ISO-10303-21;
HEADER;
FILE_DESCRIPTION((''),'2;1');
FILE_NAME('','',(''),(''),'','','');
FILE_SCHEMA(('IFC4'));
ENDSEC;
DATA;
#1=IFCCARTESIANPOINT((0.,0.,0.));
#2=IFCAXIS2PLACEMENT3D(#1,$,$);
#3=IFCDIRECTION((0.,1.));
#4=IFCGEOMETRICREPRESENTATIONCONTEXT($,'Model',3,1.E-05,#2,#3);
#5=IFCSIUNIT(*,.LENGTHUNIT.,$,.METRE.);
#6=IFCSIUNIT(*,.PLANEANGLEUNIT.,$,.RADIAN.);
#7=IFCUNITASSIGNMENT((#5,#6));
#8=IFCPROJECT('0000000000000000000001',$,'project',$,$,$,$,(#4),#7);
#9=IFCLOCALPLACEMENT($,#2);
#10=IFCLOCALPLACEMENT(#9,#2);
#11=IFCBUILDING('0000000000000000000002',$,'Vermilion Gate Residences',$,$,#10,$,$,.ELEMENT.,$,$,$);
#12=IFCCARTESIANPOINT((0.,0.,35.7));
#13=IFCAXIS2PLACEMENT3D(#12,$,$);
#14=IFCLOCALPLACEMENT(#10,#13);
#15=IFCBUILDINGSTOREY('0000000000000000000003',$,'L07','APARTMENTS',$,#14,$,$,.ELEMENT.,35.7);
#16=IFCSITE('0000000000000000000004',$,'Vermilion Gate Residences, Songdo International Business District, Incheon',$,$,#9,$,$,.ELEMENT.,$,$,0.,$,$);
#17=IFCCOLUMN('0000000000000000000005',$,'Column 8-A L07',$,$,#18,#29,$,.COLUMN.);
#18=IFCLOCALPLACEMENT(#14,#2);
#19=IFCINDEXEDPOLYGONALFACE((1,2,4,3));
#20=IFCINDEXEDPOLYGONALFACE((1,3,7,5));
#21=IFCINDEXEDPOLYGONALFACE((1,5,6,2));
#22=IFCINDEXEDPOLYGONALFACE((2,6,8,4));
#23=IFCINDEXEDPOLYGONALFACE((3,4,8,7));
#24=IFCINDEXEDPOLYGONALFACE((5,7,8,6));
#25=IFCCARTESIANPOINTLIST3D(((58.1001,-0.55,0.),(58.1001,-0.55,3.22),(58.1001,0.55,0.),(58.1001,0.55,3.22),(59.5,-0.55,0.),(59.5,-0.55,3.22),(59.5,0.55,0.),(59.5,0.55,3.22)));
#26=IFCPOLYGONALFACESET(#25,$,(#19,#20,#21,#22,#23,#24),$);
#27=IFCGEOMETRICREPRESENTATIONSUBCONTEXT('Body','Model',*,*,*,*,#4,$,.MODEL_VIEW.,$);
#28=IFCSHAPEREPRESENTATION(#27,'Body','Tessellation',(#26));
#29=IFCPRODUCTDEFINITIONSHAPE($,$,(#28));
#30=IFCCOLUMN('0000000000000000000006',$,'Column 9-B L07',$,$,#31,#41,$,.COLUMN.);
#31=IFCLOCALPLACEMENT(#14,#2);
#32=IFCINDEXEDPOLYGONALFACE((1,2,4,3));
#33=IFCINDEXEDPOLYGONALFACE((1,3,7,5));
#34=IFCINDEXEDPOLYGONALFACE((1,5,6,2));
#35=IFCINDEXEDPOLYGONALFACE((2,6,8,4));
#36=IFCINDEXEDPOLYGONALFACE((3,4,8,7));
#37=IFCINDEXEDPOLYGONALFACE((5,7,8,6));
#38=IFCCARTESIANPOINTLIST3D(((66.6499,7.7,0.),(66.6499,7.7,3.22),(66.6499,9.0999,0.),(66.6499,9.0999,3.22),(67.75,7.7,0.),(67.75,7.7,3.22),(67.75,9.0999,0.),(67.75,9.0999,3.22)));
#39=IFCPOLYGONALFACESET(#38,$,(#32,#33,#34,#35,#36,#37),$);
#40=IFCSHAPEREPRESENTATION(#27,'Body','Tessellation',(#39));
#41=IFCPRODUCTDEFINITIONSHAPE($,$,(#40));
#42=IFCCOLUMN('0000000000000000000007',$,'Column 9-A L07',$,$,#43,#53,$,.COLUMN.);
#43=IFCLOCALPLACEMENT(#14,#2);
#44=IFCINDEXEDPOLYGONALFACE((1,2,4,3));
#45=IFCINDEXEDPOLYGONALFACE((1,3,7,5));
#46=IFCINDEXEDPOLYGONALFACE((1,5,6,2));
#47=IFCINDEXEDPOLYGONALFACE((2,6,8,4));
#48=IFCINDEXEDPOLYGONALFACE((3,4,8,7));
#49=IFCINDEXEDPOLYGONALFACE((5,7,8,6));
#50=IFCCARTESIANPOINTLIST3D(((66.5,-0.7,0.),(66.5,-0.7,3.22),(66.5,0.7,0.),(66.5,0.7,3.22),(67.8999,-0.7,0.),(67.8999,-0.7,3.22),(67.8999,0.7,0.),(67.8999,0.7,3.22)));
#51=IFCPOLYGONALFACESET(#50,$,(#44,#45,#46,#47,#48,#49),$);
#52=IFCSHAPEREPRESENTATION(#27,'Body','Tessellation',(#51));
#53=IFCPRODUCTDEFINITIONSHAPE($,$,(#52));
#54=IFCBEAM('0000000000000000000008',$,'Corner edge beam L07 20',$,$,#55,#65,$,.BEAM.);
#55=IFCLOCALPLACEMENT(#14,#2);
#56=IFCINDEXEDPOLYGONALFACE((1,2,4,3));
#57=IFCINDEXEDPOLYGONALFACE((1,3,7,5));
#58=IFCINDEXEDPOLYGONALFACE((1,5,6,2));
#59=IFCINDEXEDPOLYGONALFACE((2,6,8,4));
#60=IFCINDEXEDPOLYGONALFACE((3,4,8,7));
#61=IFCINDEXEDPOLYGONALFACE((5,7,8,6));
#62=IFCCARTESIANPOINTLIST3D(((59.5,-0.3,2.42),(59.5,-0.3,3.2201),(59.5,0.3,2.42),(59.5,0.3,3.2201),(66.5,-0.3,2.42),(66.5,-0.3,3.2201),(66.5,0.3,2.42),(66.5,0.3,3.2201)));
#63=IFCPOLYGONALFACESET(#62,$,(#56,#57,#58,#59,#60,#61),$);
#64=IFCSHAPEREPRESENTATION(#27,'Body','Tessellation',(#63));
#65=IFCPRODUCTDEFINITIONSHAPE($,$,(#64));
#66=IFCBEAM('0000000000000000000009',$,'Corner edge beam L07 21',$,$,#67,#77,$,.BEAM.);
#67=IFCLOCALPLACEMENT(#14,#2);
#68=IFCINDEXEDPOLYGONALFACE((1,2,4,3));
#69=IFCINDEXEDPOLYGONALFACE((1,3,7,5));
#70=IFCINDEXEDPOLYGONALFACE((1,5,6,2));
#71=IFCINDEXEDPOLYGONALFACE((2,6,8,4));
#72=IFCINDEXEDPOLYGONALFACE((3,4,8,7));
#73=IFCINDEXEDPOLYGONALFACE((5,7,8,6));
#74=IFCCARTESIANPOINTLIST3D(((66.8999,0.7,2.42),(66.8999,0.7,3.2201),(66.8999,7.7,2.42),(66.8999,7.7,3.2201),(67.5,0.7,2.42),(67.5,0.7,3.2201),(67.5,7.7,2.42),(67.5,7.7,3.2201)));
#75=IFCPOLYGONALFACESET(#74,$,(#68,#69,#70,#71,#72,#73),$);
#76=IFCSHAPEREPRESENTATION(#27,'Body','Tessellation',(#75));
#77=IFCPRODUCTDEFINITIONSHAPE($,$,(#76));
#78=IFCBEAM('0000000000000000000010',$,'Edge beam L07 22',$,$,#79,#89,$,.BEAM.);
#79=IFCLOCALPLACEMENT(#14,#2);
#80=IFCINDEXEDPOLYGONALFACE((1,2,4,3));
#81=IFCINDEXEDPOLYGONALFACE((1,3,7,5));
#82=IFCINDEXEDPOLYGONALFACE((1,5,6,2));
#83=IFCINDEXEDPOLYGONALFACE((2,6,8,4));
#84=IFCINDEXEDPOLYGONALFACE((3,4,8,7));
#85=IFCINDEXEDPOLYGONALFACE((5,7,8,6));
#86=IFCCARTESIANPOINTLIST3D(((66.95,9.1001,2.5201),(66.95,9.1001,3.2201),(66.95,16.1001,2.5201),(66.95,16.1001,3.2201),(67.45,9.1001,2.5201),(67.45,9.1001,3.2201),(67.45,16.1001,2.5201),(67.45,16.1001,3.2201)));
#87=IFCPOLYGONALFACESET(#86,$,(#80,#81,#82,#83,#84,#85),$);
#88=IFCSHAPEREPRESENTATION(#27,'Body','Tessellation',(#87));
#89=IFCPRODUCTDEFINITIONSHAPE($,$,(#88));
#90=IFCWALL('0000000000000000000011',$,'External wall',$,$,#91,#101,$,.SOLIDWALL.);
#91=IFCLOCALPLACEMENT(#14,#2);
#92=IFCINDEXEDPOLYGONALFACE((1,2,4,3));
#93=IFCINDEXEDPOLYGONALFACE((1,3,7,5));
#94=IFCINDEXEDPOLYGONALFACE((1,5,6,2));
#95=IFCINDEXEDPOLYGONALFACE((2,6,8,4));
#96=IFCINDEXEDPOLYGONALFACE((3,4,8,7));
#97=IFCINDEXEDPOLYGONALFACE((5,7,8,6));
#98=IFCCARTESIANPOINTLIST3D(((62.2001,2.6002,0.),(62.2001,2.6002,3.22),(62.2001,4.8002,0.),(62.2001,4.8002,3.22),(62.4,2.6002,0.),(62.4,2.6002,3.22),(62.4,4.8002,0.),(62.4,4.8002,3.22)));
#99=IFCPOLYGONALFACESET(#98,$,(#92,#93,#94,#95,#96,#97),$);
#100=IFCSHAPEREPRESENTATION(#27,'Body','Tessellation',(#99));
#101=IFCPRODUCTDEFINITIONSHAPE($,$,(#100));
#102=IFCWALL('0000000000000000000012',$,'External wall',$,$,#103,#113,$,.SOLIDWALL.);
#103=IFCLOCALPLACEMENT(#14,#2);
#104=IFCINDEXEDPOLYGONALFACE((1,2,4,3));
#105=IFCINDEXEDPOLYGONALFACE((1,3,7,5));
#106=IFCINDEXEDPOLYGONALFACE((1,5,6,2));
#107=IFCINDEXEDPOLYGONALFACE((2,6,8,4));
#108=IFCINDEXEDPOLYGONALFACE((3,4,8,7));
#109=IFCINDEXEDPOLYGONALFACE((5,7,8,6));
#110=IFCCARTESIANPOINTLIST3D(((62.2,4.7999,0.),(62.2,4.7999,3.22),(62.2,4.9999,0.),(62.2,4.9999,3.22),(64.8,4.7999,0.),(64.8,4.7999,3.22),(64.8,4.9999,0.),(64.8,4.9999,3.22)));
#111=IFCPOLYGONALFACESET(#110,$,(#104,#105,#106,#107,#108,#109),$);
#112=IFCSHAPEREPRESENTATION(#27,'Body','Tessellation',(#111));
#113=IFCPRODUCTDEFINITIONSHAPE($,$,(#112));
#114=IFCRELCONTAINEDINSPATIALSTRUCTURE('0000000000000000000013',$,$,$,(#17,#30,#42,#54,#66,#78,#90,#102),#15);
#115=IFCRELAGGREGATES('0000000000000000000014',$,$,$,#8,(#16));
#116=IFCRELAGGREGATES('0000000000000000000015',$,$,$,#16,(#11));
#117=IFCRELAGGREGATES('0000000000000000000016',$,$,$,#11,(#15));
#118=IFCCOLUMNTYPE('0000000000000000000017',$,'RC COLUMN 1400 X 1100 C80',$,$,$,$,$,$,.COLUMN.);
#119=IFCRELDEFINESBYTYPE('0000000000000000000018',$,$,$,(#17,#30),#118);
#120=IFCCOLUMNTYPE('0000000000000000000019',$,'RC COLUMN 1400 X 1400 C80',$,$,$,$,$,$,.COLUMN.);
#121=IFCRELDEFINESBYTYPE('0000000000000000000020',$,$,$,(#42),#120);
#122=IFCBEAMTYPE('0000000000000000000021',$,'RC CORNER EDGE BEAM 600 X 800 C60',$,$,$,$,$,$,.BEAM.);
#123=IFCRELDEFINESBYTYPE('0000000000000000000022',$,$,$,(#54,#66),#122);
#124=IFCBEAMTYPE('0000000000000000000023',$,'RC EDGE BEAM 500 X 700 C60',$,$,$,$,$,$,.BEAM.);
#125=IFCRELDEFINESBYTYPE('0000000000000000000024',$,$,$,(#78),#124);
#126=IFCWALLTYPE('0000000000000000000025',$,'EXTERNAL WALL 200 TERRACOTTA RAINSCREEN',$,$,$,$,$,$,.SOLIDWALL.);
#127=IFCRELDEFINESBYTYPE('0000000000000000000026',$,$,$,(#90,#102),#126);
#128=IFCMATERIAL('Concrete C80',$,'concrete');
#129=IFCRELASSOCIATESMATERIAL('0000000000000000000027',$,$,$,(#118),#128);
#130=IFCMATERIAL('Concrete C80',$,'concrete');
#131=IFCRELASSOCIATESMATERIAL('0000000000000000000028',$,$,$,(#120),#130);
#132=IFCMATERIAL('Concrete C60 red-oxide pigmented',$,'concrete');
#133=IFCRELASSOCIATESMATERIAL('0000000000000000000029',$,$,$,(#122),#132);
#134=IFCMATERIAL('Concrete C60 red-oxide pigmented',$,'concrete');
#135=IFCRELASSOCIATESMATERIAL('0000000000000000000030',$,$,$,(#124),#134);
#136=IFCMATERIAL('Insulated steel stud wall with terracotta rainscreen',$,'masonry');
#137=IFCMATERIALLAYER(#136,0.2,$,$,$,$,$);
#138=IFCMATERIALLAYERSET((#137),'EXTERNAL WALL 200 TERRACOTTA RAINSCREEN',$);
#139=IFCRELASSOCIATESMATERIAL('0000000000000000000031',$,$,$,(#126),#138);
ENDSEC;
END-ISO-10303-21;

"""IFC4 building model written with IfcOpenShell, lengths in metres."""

from ifc_helpers import new_model, si_unit, direction, frame, frame_2d, origin, origin_2d, place, context, subcontext, project, spatial, rectangle, extrude, material, layer, layer_set, material_profile, profile_set, type_object, element, save


model = new_model("IFC4")

# Units and contexts
model_context = context("Model", 3, precision=1e-05, world=origin(), true_north=direction((0.0, 1.0)))
body_context = subcontext(model_context, "Body", "Model", "MODEL_VIEW")
ifc_project = project(units=[si_unit("LENGTHUNIT", "METRE"), si_unit("PLANEANGLEUNIT", "RADIAN")], contexts=[model_context])

# Site, building, storey
site_placement = place(None, origin())
site = spatial("IfcSite", under=ifc_project, at=site_placement, Name="Vermilion Gate Residences, Songdo International Business District, Incheon", CompositionType="ELEMENT", RefElevation=0.0)
building_placement = place(site_placement, origin())
building = spatial("IfcBuilding", under=site, at=building_placement, Name="Vermilion Gate Residences", CompositionType="ELEMENT")
storey_placement = place(building_placement, frame((0.0, 0.0, 35.7)))
storey = spatial("IfcBuildingStorey", under=building, at=storey_placement, Name="L07", Description="APARTMENTS", CompositionType="ELEMENT", Elevation=35.7)

# Columns
ifc_material_1 = material(Name="Concrete C80", Category="concrete")
ifc_material_profile_1 = material_profile(ifc_material_1, rectangle(XDim=1.3999, YDim=1.1001, at=origin_2d()), Name="RC-1400x1100")
ifc_profile_set_1 = profile_set([ifc_material_profile_1], Name="Concrete C80")
column_type_1 = type_object("IfcColumnType", Name="RC COLUMN 1400 X 1100 C80", PredefinedType="COLUMN", material=ifc_profile_set_1)
for number, where, z_axis, x_axis, name in (
    (1, (58.8, 0.0, 0.0), (0.0, 0.0, 1.0), (1.0, 0.0, 0.0), "Column 8-A L07"),
    (2, (67.2, 8.3999, 0.0), (0.0, 0.0, 1.0), (0.0, 1.0, 0.0), "Column 9-B L07"),
):
    element("IfcColumn", number, at=place(storey_placement, frame(where, z_axis=z_axis, x_axis=x_axis)), inside=storey, type_object=column_type_1, Name=name, PredefinedType="COLUMN", context=body_context, shape_type="SweptSolid", body=[
        extrude(rectangle(XDim=1.3999, YDim=1.1001, at=origin_2d()), origin(), (0.0, 0.0, 1.0), 3.22),
    ])
ifc_material_2 = material(Name="Concrete C80", Category="concrete")
ifc_material_profile_2 = material_profile(ifc_material_2, rectangle(XDim=1.3999, YDim=1.3999, at=origin_2d()), Name="RC-1400x1400")
ifc_profile_set_2 = profile_set([ifc_material_profile_2], Name="Concrete C80")
column_type_2 = type_object("IfcColumnType", Name="RC COLUMN 1400 X 1400 C80", PredefinedType="COLUMN", material=ifc_profile_set_2)
column_placement = place(storey_placement, frame((67.2, 0.0, 0.0), z_axis=(0.0, 0.0, 1.0), x_axis=(1.0, 0.0, 0.0)))
element("IfcColumn", 3, at=column_placement, inside=storey, type_object=column_type_2, Name="Column 9-A L07", PredefinedType="COLUMN", context=body_context, shape_type="SweptSolid", body=[
    extrude(rectangle(XDim=1.3999, YDim=1.3999, at=origin_2d()), origin(), (0.0, 0.0, 1.0), 3.22),
])

# Beams
ifc_material_3 = material(Name="Concrete C60 red-oxide pigmented", Category="concrete")
ifc_material_profile_3 = material_profile(ifc_material_3, rectangle(XDim=0.6001, YDim=0.8, at=origin_2d()), Name="RC-600x800")
ifc_profile_set_3 = profile_set([ifc_material_profile_3], Name="Concrete C60 red-oxide pigmented")
beam_type_1 = type_object("IfcBeamType", Name="RC CORNER EDGE BEAM 600 X 800 C60", PredefinedType="BEAM", material=ifc_profile_set_3)
for number, where, z_axis, x_axis, name in (
    (4, (59.5, 0.0, 2.8201), (1.0, 0.0, 0.0), (0.0, 1.0, 0.0), "Corner edge beam L07 20"),
    (5, (67.2, 0.7, 2.8201), (0.0, 1.0, 0.0), (-1.0, 0.0, 0.0), "Corner edge beam L07 21"),
):
    element("IfcBeam", number, at=place(storey_placement, frame(where, z_axis=z_axis, x_axis=x_axis)), inside=storey, type_object=beam_type_1, Name=name, PredefinedType="BEAM", context=body_context, shape_type="SweptSolid", body=[
        extrude(rectangle(XDim=0.6001, YDim=0.8, at=origin_2d()), origin(), (0.0, 0.0, 1.0), 7.0),
    ])
ifc_material_4 = material(Name="Concrete C60 red-oxide pigmented", Category="concrete")
ifc_material_profile_4 = material_profile(ifc_material_4, rectangle(XDim=0.5, YDim=0.7, at=origin_2d()), Name="RC-500x700")
ifc_profile_set_4 = profile_set([ifc_material_profile_4], Name="Concrete C60 red-oxide pigmented")
beam_type_2 = type_object("IfcBeamType", Name="RC EDGE BEAM 500 X 700 C60", PredefinedType="BEAM", material=ifc_profile_set_4)
beam_placement = place(storey_placement, frame((67.2, 9.1001, 2.8701), z_axis=(0.0, 1.0, 0.0), x_axis=(-1.0, 0.0, 0.0)))
element("IfcBeam", 6, at=beam_placement, inside=storey, type_object=beam_type_2, Name="Edge beam L07 22", PredefinedType="BEAM", context=body_context, shape_type="SweptSolid", body=[
    extrude(rectangle(XDim=0.5, YDim=0.7, at=origin_2d()), origin(), (0.0, 0.0, 1.0), 7.0),
])

# Walls
ifc_material_5 = material(Name="Insulated steel stud wall with terracotta rainscreen", Category="masonry")
ifc_layer_1 = layer(ifc_material_5, 0.2)
ifc_layer_set_1 = layer_set([ifc_layer_1], Name="EXTERNAL WALL 200 TERRACOTTA RAINSCREEN")
wall_type_1 = type_object("IfcWallType", Name="EXTERNAL WALL 200 TERRACOTTA RAINSCREEN", PredefinedType="SOLIDWALL", material=ifc_layer_set_1)
wall_1_placement = place(storey_placement, frame((62.3, 2.6001, 0.0), z_axis=(0.0, 0.0, 1.0), x_axis=(0.0, 1.0, 0.0)))
element("IfcWall", 7, at=wall_1_placement, inside=storey, type_object=wall_type_1, Name="External wall", PredefinedType="SOLIDWALL", context=body_context, shape_type="SweptSolid", body=[
    extrude(rectangle(XDim=2.2, YDim=0.2, at=frame_2d((1.1001, 0.0))), origin(), (0.0, 0.0, 1.0), 3.22),
])
wall_2_placement = place(storey_placement, frame((62.2, 4.8999, 0.0), z_axis=(0.0, 0.0, 1.0), x_axis=(1.0, 0.0, 0.0)))
element("IfcWall", 8, at=wall_2_placement, inside=storey, type_object=wall_type_1, Name="External wall", PredefinedType="SOLIDWALL", context=body_context, shape_type="SweptSolid", body=[
    extrude(rectangle(XDim=2.6001, YDim=0.2, at=frame_2d((1.3, 0.0))), origin(), (0.0, 0.0, 1.0), 3.22),
])

save(model, "model.ifc")
